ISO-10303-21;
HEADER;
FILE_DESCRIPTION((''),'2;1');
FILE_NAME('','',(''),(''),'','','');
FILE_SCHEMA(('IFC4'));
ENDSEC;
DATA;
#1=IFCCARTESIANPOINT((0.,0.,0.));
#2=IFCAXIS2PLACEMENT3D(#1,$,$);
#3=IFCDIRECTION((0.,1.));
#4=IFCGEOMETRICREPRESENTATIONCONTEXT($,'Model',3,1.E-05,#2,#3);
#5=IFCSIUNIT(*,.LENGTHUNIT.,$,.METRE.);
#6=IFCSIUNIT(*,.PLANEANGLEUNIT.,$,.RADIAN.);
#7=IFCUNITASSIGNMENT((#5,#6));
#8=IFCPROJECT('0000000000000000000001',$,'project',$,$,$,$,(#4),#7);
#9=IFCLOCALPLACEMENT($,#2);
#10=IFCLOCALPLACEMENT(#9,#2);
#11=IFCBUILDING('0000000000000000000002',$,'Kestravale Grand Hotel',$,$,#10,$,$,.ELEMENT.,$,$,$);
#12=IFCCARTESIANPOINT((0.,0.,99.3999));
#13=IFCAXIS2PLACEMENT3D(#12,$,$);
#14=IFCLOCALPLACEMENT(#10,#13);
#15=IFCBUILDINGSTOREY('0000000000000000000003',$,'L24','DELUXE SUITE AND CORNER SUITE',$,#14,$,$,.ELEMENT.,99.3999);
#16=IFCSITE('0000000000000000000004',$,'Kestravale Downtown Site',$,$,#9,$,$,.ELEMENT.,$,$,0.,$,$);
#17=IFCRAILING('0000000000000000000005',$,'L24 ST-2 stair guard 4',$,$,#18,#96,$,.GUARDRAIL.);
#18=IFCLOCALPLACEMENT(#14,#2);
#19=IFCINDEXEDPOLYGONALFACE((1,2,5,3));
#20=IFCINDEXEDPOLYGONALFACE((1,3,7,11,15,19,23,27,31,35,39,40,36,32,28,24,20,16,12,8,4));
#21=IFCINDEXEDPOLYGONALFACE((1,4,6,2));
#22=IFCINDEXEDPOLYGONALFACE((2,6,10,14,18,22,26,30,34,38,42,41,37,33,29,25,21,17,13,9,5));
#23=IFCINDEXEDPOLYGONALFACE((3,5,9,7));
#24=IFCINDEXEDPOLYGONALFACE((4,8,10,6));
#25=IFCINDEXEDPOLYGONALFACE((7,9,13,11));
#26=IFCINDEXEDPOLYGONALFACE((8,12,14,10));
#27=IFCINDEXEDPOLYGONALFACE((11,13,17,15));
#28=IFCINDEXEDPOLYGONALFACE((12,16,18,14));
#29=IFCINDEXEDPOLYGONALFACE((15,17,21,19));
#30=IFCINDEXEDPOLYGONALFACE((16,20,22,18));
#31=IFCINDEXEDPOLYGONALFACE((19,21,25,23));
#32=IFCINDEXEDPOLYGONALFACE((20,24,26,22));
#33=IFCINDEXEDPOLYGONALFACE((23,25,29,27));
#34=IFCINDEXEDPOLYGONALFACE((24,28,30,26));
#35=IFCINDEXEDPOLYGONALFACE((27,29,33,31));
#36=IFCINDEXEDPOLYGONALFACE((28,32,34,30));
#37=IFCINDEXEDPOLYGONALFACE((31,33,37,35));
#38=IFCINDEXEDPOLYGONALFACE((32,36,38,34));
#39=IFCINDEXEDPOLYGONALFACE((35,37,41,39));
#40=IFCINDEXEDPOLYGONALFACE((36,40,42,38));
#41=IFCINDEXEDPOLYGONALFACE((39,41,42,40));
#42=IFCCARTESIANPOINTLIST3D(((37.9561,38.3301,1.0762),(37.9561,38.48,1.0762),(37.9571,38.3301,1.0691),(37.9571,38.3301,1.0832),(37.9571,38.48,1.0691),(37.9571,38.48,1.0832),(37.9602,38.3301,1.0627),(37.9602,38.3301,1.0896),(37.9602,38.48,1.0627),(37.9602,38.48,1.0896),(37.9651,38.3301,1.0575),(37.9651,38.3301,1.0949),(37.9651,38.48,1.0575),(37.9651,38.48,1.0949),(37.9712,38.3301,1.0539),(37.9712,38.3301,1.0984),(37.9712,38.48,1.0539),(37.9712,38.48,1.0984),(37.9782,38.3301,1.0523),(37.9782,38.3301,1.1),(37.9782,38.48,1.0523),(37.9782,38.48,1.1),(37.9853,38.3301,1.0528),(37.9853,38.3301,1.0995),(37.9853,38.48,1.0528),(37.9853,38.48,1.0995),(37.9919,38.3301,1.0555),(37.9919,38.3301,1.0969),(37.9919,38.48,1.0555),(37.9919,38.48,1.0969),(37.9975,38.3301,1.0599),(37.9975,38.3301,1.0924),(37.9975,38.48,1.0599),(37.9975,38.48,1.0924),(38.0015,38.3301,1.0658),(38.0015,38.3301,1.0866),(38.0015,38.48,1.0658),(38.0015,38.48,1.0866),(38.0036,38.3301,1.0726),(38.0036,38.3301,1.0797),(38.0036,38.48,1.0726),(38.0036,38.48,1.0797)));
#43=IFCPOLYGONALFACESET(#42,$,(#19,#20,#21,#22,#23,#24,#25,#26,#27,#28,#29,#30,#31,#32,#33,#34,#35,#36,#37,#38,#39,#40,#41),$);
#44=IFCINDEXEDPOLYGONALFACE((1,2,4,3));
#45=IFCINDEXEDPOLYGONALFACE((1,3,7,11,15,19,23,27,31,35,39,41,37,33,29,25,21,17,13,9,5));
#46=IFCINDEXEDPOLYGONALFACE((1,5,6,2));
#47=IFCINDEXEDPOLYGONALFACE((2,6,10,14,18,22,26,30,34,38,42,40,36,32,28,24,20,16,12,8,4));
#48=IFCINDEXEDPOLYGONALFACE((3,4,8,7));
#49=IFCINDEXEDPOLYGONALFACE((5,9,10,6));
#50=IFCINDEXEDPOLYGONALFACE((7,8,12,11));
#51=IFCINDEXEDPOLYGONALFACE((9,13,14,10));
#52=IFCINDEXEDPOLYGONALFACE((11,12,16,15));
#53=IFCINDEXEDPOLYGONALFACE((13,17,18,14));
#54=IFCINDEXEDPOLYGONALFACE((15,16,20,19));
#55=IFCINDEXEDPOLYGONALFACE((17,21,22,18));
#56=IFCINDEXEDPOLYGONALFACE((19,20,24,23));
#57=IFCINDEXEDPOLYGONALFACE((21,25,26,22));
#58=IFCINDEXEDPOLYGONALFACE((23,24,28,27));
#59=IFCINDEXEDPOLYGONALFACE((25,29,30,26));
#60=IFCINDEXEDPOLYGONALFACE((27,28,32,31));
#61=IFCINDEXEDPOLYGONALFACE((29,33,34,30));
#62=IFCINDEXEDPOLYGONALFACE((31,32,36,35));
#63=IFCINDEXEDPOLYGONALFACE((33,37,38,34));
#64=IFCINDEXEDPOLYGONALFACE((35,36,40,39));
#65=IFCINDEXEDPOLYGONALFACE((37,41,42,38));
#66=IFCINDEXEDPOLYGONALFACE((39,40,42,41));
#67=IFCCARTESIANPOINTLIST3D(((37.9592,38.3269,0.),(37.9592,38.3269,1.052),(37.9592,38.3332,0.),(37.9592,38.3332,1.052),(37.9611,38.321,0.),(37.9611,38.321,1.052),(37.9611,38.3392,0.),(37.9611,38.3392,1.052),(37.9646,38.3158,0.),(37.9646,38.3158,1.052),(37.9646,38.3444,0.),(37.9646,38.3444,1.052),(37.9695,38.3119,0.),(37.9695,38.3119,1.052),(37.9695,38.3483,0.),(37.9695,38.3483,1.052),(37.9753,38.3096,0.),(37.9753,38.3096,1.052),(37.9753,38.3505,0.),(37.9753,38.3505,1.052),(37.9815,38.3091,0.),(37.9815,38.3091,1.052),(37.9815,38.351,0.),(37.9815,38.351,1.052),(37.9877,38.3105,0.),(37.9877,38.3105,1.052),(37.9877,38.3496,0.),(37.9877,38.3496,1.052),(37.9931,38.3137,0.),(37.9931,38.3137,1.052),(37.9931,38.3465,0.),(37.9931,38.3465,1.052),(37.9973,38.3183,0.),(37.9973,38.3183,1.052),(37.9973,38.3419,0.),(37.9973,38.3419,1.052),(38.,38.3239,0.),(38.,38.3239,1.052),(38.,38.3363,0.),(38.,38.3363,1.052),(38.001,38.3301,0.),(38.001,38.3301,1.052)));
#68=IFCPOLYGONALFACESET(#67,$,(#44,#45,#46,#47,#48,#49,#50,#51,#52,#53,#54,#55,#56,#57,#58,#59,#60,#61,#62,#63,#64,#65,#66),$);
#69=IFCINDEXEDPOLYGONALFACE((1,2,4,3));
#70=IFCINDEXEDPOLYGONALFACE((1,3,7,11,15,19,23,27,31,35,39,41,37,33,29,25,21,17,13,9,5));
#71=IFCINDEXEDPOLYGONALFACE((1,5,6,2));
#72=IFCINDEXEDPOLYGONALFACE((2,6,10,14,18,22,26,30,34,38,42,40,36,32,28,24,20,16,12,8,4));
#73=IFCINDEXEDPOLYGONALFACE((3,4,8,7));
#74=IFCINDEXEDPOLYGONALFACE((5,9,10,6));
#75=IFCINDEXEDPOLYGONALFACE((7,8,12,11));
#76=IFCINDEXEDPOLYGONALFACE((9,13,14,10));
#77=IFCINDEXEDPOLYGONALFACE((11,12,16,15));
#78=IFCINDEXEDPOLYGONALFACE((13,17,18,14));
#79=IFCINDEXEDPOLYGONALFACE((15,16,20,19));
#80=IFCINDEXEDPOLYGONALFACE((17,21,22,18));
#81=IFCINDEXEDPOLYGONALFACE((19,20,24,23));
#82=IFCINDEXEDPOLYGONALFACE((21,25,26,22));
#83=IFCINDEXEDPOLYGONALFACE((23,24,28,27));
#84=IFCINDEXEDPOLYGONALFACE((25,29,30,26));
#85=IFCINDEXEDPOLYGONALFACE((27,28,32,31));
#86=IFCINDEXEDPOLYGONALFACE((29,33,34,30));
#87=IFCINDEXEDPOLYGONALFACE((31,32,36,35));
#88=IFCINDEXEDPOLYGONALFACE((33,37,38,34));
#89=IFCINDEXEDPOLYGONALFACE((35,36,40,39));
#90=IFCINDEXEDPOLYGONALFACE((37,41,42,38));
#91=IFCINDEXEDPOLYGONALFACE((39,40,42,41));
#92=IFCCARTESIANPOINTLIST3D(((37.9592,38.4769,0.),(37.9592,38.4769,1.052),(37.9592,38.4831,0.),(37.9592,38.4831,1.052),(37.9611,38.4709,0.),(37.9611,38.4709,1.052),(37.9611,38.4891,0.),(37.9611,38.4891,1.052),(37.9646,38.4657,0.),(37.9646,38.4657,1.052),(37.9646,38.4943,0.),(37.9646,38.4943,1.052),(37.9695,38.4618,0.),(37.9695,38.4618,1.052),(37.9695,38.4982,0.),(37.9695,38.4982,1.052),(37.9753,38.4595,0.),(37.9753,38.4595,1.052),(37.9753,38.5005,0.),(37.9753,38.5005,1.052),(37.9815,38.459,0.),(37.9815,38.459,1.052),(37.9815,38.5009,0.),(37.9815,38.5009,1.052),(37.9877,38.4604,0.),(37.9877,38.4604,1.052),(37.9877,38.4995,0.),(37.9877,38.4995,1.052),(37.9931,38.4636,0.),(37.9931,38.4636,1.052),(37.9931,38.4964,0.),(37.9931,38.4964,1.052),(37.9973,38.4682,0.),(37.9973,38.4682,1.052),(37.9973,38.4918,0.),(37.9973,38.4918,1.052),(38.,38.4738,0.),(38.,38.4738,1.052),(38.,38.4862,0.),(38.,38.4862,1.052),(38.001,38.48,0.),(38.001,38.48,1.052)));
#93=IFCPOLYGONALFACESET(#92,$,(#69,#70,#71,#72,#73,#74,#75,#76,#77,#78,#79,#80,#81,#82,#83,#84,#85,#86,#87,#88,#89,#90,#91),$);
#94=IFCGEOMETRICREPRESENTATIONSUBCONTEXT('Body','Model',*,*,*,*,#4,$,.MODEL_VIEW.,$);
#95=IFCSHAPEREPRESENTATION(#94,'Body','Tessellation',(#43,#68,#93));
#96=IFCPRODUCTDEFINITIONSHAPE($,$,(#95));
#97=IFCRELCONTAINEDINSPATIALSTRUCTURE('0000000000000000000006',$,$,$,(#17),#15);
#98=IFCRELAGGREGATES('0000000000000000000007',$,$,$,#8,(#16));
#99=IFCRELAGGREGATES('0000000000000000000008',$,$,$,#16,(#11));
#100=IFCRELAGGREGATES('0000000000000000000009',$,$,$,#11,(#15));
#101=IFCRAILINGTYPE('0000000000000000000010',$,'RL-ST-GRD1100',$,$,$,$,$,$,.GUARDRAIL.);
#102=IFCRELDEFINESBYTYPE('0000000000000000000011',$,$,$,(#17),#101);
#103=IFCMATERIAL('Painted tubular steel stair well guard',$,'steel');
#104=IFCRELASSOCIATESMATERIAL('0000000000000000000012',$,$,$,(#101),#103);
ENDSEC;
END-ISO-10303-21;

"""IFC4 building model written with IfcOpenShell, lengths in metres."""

from ifc_helpers import new_model, si_unit, direction, frame, origin, origin_2d, place, context, subcontext, project, spatial, circle, extrude, material, type_object, element, save


model = new_model("IFC4")

# Units and contexts
model_context = context("Model", 3, precision=1e-05, world=origin(), true_north=direction((0.0, 1.0)))
body_context = subcontext(model_context, "Body", "Model", "MODEL_VIEW")
ifc_project = project(units=[si_unit("LENGTHUNIT", "METRE"), si_unit("PLANEANGLEUNIT", "RADIAN")], contexts=[model_context])

# Site, building, storey
site_placement = place(None, origin())
site = spatial("IfcSite", under=ifc_project, at=site_placement, Name="Kestravale Downtown Site", CompositionType="ELEMENT", RefElevation=0.0)
building_placement = place(site_placement, origin())
building = spatial("IfcBuilding", under=site, at=building_placement, Name="Kestravale Grand Hotel", CompositionType="ELEMENT")
storey_placement = place(building_placement, frame((0.0, 0.0, 99.3999)))
storey = spatial("IfcBuildingStorey", under=building, at=storey_placement, Name="L24", Description="DELUXE SUITE AND CORNER SUITE", CompositionType="ELEMENT", Elevation=99.3999)

# Railing
ifc_material_1 = material(Name="Painted tubular steel stair well guard", Category="steel")
railing_type_1 = type_object("IfcRailingType", Name="RL-ST-GRD1100", PredefinedType="GUARDRAIL", material=ifc_material_1)
railing_1_placement = place(storey_placement, frame((37.98, 38.3301, 0.0)))
element("IfcRailing", 1, at=railing_1_placement, inside=storey, type_object=railing_type_1, Name="L24 ST-2 stair guard 4", PredefinedType="GUARDRAIL", context=body_context, shape_type="SweptSolid", body=[
    extrude(circle(Radius=0.0239, at=origin_2d()), frame((0.0, 0.0, 1.0762), z_axis=(0.0, 1.0, 0.0), x_axis=(-1.0, 0.0, 0.0)), (0.0, 0.0, 1.0), 0.1499),
    extrude(circle(Radius=0.021, at=origin_2d()), origin(), (0.0, 0.0, 1.0), 1.052),
    extrude(circle(Radius=0.021, at=origin_2d()), frame((0.0, 0.1499, 0.0)), (0.0, 0.0, 1.0), 1.052),
])

save(model, "model.ifc")
